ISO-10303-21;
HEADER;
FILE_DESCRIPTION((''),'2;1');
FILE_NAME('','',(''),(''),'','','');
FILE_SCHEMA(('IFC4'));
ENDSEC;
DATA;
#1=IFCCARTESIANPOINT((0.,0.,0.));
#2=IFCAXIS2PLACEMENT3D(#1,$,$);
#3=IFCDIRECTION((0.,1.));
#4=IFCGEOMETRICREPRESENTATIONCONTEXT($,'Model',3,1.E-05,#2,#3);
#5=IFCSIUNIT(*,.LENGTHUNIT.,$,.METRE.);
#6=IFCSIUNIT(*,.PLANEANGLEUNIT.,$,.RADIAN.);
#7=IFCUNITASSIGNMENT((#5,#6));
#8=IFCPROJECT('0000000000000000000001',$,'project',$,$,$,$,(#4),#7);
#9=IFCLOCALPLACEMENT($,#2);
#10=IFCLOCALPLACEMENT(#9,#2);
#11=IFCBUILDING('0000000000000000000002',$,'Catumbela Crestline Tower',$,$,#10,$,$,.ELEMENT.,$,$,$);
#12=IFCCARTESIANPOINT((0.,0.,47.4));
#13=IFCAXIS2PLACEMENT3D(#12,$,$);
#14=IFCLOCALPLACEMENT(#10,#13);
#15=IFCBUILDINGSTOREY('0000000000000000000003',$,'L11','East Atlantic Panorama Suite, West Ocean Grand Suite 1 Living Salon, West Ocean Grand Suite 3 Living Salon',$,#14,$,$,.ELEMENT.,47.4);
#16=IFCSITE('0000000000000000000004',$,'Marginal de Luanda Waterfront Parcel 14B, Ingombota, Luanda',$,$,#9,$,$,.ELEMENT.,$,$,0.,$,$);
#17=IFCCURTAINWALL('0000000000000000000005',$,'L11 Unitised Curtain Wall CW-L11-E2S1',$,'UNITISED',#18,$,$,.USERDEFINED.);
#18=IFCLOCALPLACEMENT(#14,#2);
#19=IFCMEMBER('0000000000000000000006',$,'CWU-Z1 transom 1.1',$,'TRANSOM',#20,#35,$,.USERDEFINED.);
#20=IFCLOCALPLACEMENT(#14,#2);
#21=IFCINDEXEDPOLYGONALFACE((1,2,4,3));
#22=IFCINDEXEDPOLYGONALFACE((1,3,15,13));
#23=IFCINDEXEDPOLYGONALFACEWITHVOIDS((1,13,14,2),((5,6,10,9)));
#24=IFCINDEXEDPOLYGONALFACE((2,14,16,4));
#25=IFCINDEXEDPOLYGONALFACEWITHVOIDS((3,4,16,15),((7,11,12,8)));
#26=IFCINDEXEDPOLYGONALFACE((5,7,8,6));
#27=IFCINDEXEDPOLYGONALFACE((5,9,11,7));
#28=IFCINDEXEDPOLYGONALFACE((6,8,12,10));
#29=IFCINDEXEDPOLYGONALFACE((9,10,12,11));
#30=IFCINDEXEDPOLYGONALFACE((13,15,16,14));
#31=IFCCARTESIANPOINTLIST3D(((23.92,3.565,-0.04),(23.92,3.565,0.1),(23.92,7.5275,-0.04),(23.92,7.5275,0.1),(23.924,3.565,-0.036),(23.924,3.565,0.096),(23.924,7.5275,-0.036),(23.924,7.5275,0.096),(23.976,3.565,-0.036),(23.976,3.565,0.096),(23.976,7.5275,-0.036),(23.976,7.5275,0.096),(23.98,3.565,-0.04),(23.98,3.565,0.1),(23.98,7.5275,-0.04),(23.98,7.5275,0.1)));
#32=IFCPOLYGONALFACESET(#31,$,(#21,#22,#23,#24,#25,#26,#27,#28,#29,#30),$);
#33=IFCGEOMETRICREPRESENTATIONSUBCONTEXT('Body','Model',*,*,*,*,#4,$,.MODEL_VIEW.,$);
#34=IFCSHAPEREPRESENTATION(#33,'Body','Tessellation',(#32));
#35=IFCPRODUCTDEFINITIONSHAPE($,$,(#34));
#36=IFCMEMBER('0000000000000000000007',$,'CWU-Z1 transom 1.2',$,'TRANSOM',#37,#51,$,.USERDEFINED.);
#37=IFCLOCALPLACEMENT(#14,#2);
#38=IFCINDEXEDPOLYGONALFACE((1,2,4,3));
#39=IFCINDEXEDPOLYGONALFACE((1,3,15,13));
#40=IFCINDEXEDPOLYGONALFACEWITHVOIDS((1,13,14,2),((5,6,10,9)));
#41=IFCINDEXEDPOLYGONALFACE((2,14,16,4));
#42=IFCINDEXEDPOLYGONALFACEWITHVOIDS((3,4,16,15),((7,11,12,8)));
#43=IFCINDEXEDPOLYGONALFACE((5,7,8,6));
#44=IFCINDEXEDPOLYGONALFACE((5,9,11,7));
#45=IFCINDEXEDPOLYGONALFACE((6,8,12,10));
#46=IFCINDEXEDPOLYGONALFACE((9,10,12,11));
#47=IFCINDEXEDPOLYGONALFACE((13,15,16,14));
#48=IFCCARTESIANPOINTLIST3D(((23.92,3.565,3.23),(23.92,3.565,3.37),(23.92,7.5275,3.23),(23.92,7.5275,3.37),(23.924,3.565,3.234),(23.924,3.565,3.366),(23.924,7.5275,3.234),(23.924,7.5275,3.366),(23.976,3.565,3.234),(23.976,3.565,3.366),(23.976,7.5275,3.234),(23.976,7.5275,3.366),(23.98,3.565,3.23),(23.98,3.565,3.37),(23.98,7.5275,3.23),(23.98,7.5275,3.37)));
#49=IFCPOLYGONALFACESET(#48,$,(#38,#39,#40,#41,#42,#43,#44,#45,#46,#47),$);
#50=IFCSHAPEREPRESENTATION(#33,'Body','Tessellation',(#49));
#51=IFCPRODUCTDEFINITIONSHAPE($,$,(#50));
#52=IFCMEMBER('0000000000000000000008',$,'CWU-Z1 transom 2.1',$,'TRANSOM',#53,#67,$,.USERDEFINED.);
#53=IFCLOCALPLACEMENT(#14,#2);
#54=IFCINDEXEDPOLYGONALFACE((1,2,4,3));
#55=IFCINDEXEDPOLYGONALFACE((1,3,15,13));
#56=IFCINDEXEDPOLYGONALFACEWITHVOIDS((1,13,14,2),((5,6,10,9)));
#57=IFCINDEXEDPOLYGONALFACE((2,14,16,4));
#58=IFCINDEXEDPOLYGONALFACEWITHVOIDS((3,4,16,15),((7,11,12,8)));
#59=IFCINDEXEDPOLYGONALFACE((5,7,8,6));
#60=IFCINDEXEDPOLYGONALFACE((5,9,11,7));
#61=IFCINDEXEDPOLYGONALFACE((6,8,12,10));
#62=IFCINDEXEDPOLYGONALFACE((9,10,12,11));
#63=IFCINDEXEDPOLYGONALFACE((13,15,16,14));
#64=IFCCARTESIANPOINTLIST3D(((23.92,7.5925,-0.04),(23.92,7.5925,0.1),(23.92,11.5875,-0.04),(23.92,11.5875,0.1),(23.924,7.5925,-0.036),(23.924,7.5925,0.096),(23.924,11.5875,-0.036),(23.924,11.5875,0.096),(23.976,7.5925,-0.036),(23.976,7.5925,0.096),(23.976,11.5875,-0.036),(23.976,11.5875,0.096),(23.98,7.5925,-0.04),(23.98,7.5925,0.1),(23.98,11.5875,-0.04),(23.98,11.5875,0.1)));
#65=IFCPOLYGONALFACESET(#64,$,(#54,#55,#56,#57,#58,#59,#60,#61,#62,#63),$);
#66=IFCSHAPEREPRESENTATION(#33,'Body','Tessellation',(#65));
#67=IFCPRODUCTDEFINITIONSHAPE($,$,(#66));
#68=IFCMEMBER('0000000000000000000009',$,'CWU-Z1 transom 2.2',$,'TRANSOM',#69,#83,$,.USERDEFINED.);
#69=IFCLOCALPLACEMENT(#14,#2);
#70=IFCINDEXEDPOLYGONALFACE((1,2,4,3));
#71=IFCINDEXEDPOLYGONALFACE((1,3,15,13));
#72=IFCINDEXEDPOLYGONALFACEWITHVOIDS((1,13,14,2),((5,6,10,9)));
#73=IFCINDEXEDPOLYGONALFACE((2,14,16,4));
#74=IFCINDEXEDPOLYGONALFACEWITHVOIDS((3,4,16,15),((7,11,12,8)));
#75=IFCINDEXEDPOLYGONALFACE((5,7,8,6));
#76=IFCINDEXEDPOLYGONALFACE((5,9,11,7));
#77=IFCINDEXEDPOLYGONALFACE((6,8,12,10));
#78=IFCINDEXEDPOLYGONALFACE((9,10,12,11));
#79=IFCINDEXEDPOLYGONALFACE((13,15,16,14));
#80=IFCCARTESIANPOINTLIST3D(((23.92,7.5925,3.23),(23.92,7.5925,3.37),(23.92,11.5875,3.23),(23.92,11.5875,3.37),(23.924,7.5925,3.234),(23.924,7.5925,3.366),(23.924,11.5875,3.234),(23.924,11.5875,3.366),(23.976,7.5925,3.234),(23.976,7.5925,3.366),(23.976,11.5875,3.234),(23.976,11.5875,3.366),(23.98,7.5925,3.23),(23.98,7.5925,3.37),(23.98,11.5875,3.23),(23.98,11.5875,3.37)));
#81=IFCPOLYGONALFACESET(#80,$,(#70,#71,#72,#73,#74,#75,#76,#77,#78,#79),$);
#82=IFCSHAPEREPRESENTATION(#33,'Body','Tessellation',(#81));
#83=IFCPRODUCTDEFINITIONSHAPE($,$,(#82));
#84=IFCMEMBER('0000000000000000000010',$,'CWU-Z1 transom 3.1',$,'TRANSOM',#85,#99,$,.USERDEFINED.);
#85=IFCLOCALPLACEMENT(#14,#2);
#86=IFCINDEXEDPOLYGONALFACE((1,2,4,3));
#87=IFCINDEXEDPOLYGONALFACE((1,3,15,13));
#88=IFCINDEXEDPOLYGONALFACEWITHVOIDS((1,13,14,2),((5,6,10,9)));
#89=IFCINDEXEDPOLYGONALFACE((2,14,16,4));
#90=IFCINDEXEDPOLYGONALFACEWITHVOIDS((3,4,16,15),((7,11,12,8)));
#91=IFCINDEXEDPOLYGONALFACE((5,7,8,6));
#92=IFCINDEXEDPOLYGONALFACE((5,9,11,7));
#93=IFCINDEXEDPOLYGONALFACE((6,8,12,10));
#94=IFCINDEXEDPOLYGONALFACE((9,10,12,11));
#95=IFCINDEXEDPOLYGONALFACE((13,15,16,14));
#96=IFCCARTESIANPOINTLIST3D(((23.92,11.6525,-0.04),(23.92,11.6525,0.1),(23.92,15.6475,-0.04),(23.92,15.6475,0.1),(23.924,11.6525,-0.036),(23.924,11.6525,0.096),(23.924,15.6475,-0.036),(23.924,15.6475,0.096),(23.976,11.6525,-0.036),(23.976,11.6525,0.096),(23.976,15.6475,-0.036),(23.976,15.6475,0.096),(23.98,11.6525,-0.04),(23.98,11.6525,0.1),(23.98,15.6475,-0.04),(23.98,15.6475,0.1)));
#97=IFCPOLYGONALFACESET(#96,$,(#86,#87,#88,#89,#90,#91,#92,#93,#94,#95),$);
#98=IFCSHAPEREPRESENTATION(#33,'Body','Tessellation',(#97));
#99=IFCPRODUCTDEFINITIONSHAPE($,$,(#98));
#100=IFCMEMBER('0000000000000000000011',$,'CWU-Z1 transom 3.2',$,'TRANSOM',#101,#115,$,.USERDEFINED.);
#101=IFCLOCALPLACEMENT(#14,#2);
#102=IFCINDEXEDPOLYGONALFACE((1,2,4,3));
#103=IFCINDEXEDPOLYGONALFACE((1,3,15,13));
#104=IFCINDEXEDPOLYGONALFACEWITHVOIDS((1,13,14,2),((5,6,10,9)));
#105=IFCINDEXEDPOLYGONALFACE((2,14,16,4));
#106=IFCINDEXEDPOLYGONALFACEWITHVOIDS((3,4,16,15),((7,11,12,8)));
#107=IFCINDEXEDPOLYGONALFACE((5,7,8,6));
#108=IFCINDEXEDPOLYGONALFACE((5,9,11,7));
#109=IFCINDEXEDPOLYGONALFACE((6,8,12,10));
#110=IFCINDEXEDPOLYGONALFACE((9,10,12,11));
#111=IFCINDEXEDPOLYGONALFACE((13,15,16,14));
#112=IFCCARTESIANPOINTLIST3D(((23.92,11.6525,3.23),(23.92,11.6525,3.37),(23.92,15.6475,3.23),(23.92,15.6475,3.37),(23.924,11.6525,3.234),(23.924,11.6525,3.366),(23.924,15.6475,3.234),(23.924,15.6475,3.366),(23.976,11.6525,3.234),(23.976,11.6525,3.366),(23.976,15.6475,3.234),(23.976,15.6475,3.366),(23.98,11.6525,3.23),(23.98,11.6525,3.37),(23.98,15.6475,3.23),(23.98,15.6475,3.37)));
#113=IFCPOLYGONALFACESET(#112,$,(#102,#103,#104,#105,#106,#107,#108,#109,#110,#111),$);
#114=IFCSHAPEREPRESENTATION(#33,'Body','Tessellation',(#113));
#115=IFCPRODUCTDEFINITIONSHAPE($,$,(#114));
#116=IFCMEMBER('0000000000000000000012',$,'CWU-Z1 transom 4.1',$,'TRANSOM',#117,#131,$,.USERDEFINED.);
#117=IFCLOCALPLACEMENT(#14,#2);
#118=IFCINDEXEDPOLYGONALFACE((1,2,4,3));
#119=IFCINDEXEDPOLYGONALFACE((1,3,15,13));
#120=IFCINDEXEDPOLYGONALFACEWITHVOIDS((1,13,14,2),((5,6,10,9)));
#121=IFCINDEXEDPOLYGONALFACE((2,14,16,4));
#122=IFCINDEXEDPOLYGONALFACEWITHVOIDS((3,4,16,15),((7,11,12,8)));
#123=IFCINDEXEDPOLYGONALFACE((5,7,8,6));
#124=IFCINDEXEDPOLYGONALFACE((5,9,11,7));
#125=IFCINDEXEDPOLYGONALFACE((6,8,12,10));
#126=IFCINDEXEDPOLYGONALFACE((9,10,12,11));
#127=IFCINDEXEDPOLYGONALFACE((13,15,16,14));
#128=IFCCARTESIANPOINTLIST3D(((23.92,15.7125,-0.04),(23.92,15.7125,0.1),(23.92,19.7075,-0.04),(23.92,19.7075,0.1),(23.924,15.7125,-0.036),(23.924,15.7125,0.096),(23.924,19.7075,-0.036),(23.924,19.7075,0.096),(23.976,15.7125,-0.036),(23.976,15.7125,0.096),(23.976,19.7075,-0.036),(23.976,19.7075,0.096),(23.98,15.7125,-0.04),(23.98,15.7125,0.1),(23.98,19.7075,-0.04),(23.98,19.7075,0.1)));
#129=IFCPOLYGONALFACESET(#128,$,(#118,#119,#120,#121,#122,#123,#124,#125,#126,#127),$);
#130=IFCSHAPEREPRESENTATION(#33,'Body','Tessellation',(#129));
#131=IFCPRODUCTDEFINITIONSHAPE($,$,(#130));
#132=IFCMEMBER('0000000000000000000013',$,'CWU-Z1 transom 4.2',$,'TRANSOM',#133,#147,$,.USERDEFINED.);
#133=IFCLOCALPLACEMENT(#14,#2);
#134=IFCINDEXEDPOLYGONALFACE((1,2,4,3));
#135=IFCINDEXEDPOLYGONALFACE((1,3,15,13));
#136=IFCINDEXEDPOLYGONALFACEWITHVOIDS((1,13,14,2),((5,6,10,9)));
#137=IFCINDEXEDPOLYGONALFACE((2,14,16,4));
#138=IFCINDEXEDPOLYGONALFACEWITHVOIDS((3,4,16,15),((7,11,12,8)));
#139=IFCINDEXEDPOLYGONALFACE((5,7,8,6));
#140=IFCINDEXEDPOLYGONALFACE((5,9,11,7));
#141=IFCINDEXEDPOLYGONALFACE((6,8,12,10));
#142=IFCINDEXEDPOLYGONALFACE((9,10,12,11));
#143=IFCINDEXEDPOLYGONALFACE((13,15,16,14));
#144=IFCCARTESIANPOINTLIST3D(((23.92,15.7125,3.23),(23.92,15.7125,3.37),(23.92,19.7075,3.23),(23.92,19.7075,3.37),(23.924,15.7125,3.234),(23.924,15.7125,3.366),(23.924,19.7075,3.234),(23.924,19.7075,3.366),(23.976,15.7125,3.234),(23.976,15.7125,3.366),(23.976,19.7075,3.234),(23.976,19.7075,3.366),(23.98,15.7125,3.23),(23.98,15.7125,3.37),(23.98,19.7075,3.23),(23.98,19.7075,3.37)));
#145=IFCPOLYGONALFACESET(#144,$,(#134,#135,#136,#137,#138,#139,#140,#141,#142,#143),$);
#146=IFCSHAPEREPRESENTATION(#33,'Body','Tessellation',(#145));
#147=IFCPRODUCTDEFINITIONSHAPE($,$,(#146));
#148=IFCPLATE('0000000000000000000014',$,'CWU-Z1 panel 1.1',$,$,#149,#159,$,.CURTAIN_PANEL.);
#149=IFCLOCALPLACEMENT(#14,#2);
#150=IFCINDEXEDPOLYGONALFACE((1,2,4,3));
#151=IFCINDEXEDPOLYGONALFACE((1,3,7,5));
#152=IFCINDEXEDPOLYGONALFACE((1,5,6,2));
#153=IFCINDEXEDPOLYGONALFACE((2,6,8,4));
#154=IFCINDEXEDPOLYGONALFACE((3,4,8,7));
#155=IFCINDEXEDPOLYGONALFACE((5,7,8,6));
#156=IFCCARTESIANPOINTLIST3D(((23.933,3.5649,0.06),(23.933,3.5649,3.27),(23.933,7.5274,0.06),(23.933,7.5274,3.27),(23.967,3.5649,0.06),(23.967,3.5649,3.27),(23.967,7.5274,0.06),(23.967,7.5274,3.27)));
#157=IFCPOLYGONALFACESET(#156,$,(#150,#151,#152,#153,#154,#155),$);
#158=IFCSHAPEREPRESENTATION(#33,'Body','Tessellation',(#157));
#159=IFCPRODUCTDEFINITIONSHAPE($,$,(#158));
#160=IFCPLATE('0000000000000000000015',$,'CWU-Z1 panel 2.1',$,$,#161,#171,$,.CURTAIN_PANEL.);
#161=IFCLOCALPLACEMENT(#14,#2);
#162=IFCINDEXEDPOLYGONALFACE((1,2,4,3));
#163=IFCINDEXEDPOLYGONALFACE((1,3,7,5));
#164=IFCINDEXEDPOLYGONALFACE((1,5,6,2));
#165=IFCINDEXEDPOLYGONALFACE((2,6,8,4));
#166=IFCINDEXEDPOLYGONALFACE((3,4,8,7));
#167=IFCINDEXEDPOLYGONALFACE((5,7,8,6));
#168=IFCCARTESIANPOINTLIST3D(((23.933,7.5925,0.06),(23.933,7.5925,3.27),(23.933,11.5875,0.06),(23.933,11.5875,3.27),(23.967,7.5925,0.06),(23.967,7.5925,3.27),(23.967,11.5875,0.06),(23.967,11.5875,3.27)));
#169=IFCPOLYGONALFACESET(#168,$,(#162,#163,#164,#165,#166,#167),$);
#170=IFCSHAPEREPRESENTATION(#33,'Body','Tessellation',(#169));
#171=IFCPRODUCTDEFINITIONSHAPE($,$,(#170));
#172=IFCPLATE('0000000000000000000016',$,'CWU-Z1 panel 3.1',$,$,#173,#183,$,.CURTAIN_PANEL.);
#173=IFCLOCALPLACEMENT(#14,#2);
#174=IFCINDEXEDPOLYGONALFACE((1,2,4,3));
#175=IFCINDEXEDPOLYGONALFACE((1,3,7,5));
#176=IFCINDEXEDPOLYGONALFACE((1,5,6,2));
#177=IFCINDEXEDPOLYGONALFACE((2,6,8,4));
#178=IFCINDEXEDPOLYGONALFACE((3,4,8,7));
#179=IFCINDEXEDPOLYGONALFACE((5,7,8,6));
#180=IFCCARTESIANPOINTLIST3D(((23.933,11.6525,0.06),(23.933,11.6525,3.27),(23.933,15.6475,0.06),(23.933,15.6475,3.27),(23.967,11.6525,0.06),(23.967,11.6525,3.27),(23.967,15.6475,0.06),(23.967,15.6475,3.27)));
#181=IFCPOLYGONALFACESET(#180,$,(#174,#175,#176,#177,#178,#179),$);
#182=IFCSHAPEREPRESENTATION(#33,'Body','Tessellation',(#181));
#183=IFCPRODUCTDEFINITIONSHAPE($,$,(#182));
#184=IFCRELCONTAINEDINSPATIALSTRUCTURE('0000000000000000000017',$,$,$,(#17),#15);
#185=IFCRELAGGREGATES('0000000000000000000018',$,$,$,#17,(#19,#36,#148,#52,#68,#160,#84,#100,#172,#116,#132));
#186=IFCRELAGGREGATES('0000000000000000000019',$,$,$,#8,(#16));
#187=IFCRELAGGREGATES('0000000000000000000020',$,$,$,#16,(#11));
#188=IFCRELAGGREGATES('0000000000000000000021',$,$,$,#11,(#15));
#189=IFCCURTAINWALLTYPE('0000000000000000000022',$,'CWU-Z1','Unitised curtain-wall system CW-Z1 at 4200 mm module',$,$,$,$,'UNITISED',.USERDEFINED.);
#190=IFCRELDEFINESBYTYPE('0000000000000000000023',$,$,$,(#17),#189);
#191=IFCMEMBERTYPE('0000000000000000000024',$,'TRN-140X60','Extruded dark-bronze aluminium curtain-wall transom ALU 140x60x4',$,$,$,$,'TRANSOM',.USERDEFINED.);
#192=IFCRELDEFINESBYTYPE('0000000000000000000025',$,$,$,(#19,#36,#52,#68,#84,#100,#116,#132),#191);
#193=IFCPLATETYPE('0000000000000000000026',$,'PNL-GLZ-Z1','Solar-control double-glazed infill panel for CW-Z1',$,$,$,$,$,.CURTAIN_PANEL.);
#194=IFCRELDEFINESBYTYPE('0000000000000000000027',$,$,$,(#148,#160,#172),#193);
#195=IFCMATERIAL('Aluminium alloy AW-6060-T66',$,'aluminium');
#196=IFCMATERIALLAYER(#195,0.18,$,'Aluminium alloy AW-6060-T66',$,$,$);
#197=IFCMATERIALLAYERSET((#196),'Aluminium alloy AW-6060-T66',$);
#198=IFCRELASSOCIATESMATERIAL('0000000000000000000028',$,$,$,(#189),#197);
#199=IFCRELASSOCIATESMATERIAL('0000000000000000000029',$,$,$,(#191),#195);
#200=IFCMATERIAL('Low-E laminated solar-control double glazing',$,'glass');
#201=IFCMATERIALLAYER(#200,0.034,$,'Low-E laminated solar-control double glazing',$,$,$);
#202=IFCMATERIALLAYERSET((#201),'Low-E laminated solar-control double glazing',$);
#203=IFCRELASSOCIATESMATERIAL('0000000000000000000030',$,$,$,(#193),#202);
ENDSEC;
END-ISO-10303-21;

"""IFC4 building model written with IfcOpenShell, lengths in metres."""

from ifc_helpers import new_model, si_unit, direction, frame, origin, origin_2d, place, context, subcontext, project, spatial, rectangle, hollow_rectangle, extrude, material, layer, layer_set, material_profile, profile_set, type_object, element, aggregate, save


model = new_model("IFC4")

# Units and contexts
model_context = context("Model", 3, precision=1e-05, world=origin(), true_north=direction((0.0, 1.0)))
body_context = subcontext(model_context, "Body", "Model", "MODEL_VIEW")
ifc_project = project(units=[si_unit("LENGTHUNIT", "METRE"), si_unit("PLANEANGLEUNIT", "RADIAN")], contexts=[model_context])

# Site, building, storey
site_placement = place(None, origin())
site = spatial("IfcSite", under=ifc_project, at=site_placement, Name="Marginal de Luanda Waterfront Parcel 14B, Ingombota, Luanda", CompositionType="ELEMENT", RefElevation=0.0)
building_placement = place(site_placement, origin())
building = spatial("IfcBuilding", under=site, at=building_placement, Name="Catumbela Crestline Tower", CompositionType="ELEMENT")
storey_placement = place(building_placement, frame((0.0, 0.0, 47.4)))
storey = spatial("IfcBuildingStorey", under=building, at=storey_placement, Name="L11", Description="East Atlantic Panorama Suite, West Ocean Grand Suite 1 Living Salon, West Ocean Grand Suite 3 Living Salon", CompositionType="ELEMENT", Elevation=47.4)

# Shared definitions
ifc_material_1 = material(Name="Aluminium alloy AW-6060-T66", Category="aluminium")
ifc_layer_1 = layer(ifc_material_1, 0.18, Name="Aluminium alloy AW-6060-T66")
ifc_layer_set_1 = layer_set([ifc_layer_1], Name="Aluminium alloy AW-6060-T66")
curtain_wall_type = type_object("IfcCurtainWallType", Name="CWU-Z1", Description="Unitised curtain-wall system CW-Z1 at 4200 mm module", ElementType="UNITISED", PredefinedType="USERDEFINED", material=ifc_layer_set_1)

# Curtain wall
curtain_wall_1_placement = place(storey_placement, origin())
curtain_wall_1 = element("IfcCurtainWall", 1, at=curtain_wall_1_placement, inside=storey, type_object=curtain_wall_type, Name="L11 Unitised Curtain Wall CW-L11-E2S1", ObjectType="UNITISED", PredefinedType="USERDEFINED")

# Members
ifc_material_profile_1 = material_profile(ifc_material_1, hollow_rectangle(XDim=0.06, YDim=0.14, WallThickness=0.004, at=origin_2d()), Name="ALU 140x60x4")
ifc_profile_set_1 = profile_set([ifc_material_profile_1], Name="Aluminium alloy AW-6060-T66")
member_type_1 = type_object("IfcMemberType", Name="TRN-140X60", Description="Extruded dark-bronze aluminium curtain-wall transom ALU 140x60x4", ElementType="TRANSOM", PredefinedType="USERDEFINED", material=ifc_profile_set_1)
member_1_placement = place(storey_placement, frame((23.95, 3.565, 0.03), z_axis=(0.0, 1.0, 0.0), x_axis=(-1.0, 0.0, 0.0)))
member_1 = element("IfcMember", 2, at=member_1_placement, type_object=member_type_1, Name="CWU-Z1 transom 1.1", ObjectType="TRANSOM", PredefinedType="USERDEFINED", context=body_context, shape_type="SweptSolid", body=[
    extrude(hollow_rectangle(XDim=0.06, YDim=0.14, WallThickness=0.004, at=origin_2d()), origin(), (0.0, 0.0, 1.0), 3.9625),
])
member_2_placement = place(storey_placement, frame((23.95, 3.565, 3.3), z_axis=(0.0, 1.0, 0.0), x_axis=(-1.0, 0.0, 0.0)))
member_2 = element("IfcMember", 3, at=member_2_placement, type_object=member_type_1, Name="CWU-Z1 transom 1.2", ObjectType="TRANSOM", PredefinedType="USERDEFINED", context=body_context, shape_type="SweptSolid", body=[
    extrude(hollow_rectangle(XDim=0.06, YDim=0.14, WallThickness=0.004, at=origin_2d()), origin(), (0.0, 0.0, 1.0), 3.9625),
])
member_3_placement = place(storey_placement, frame((23.95, 7.5925, 0.03), z_axis=(0.0, 1.0, 0.0), x_axis=(-1.0, 0.0, 0.0)))
member_3 = element("IfcMember", 4, at=member_3_placement, type_object=member_type_1, Name="CWU-Z1 transom 2.1", ObjectType="TRANSOM", PredefinedType="USERDEFINED", context=body_context, shape_type="SweptSolid", body=[
    extrude(hollow_rectangle(XDim=0.06, YDim=0.14, WallThickness=0.004, at=origin_2d()), origin(), (0.0, 0.0, 1.0), 3.995),
])
member_4_placement = place(storey_placement, frame((23.95, 7.5925, 3.3), z_axis=(0.0, 1.0, 0.0), x_axis=(-1.0, 0.0, 0.0)))
member_4 = element("IfcMember", 5, at=member_4_placement, type_object=member_type_1, Name="CWU-Z1 transom 2.2", ObjectType="TRANSOM", PredefinedType="USERDEFINED", context=body_context, shape_type="SweptSolid", body=[
    extrude(hollow_rectangle(XDim=0.06, YDim=0.14, WallThickness=0.004, at=origin_2d()), origin(), (0.0, 0.0, 1.0), 3.995),
])
member_5_placement = place(storey_placement, frame((23.95, 11.6525, 0.03), z_axis=(0.0, 1.0, 0.0), x_axis=(-1.0, 0.0, 0.0)))
member_5 = element("IfcMember", 6, at=member_5_placement, type_object=member_type_1, Name="CWU-Z1 transom 3.1", ObjectType="TRANSOM", PredefinedType="USERDEFINED", context=body_context, shape_type="SweptSolid", body=[
    extrude(hollow_rectangle(XDim=0.06, YDim=0.14, WallThickness=0.004, at=origin_2d()), origin(), (0.0, 0.0, 1.0), 3.995),
])
member_6_placement = place(storey_placement, frame((23.95, 11.6525, 3.3), z_axis=(0.0, 1.0, 0.0), x_axis=(-1.0, 0.0, 0.0)))
member_6 = element("IfcMember", 7, at=member_6_placement, type_object=member_type_1, Name="CWU-Z1 transom 3.2", ObjectType="TRANSOM", PredefinedType="USERDEFINED", context=body_context, shape_type="SweptSolid", body=[
    extrude(hollow_rectangle(XDim=0.06, YDim=0.14, WallThickness=0.004, at=origin_2d()), origin(), (0.0, 0.0, 1.0), 3.995),
])
member_7_placement = place(storey_placement, frame((23.95, 15.7125, 0.03), z_axis=(0.0, 1.0, 0.0), x_axis=(-1.0, 0.0, 0.0)))
member_7 = element("IfcMember", 8, at=member_7_placement, type_object=member_type_1, Name="CWU-Z1 transom 4.1", ObjectType="TRANSOM", PredefinedType="USERDEFINED", context=body_context, shape_type="SweptSolid", body=[
    extrude(hollow_rectangle(XDim=0.06, YDim=0.14, WallThickness=0.004, at=origin_2d()), origin(), (0.0, 0.0, 1.0), 3.995),
])
member_8_placement = place(storey_placement, frame((23.95, 15.7125, 3.3), z_axis=(0.0, 1.0, 0.0), x_axis=(-1.0, 0.0, 0.0)))
member_8 = element("IfcMember", 9, at=member_8_placement, type_object=member_type_1, Name="CWU-Z1 transom 4.2", ObjectType="TRANSOM", PredefinedType="USERDEFINED", context=body_context, shape_type="SweptSolid", body=[
    extrude(hollow_rectangle(XDim=0.06, YDim=0.14, WallThickness=0.004, at=origin_2d()), origin(), (0.0, 0.0, 1.0), 3.995),
])

# Plates
ifc_material_2 = material(Name="Low-E laminated solar-control double glazing", Category="glass")
ifc_layer_2 = layer(ifc_material_2, 0.034, Name="Low-E laminated solar-control double glazing")
ifc_layer_set_2 = layer_set([ifc_layer_2], Name="Low-E laminated solar-control double glazing")
plate_type = type_object("IfcPlateType", Name="PNL-GLZ-Z1", Description="Solar-control double-glazed infill panel for CW-Z1", PredefinedType="CURTAIN_PANEL", material=ifc_layer_set_2)
plate_1_placement = place(storey_placement, frame((23.95, 5.5462, 0.06), z_axis=(0.0, 0.0, 1.0), x_axis=(0.0, 1.0, 0.0)))
plate_1 = element("IfcPlate", 10, at=plate_1_placement, type_object=plate_type, Name="CWU-Z1 panel 1.1", PredefinedType="CURTAIN_PANEL", context=body_context, shape_type="SweptSolid", body=[
    extrude(rectangle(XDim=3.9625, YDim=0.034, at=origin_2d()), origin(), (0.0, 0.0, 1.0), 3.21),
])
plate_2_placement = place(storey_placement, frame((23.95, 9.59, 0.06), z_axis=(0.0, 0.0, 1.0), x_axis=(0.0, 1.0, 0.0)))
plate_2 = element("IfcPlate", 11, at=plate_2_placement, type_object=plate_type, Name="CWU-Z1 panel 2.1", PredefinedType="CURTAIN_PANEL", context=body_context, shape_type="SweptSolid", body=[
    extrude(rectangle(XDim=3.995, YDim=0.034, at=origin_2d()), origin(), (0.0, 0.0, 1.0), 3.21),
])
plate_3_placement = place(storey_placement, frame((23.95, 13.65, 0.06), z_axis=(0.0, 0.0, 1.0), x_axis=(0.0, 1.0, 0.0)))
plate_3 = element("IfcPlate", 12, at=plate_3_placement, type_object=plate_type, Name="CWU-Z1 panel 3.1", PredefinedType="CURTAIN_PANEL", context=body_context, shape_type="SweptSolid", body=[
    extrude(rectangle(XDim=3.995, YDim=0.034, at=origin_2d()), origin(), (0.0, 0.0, 1.0), 3.21),
])
aggregate(curtain_wall_1, [member_1, member_2, plate_1, member_3, member_4, plate_2, member_5, member_6, plate_3, member_7, member_8])

save(model, "model.ifc")
